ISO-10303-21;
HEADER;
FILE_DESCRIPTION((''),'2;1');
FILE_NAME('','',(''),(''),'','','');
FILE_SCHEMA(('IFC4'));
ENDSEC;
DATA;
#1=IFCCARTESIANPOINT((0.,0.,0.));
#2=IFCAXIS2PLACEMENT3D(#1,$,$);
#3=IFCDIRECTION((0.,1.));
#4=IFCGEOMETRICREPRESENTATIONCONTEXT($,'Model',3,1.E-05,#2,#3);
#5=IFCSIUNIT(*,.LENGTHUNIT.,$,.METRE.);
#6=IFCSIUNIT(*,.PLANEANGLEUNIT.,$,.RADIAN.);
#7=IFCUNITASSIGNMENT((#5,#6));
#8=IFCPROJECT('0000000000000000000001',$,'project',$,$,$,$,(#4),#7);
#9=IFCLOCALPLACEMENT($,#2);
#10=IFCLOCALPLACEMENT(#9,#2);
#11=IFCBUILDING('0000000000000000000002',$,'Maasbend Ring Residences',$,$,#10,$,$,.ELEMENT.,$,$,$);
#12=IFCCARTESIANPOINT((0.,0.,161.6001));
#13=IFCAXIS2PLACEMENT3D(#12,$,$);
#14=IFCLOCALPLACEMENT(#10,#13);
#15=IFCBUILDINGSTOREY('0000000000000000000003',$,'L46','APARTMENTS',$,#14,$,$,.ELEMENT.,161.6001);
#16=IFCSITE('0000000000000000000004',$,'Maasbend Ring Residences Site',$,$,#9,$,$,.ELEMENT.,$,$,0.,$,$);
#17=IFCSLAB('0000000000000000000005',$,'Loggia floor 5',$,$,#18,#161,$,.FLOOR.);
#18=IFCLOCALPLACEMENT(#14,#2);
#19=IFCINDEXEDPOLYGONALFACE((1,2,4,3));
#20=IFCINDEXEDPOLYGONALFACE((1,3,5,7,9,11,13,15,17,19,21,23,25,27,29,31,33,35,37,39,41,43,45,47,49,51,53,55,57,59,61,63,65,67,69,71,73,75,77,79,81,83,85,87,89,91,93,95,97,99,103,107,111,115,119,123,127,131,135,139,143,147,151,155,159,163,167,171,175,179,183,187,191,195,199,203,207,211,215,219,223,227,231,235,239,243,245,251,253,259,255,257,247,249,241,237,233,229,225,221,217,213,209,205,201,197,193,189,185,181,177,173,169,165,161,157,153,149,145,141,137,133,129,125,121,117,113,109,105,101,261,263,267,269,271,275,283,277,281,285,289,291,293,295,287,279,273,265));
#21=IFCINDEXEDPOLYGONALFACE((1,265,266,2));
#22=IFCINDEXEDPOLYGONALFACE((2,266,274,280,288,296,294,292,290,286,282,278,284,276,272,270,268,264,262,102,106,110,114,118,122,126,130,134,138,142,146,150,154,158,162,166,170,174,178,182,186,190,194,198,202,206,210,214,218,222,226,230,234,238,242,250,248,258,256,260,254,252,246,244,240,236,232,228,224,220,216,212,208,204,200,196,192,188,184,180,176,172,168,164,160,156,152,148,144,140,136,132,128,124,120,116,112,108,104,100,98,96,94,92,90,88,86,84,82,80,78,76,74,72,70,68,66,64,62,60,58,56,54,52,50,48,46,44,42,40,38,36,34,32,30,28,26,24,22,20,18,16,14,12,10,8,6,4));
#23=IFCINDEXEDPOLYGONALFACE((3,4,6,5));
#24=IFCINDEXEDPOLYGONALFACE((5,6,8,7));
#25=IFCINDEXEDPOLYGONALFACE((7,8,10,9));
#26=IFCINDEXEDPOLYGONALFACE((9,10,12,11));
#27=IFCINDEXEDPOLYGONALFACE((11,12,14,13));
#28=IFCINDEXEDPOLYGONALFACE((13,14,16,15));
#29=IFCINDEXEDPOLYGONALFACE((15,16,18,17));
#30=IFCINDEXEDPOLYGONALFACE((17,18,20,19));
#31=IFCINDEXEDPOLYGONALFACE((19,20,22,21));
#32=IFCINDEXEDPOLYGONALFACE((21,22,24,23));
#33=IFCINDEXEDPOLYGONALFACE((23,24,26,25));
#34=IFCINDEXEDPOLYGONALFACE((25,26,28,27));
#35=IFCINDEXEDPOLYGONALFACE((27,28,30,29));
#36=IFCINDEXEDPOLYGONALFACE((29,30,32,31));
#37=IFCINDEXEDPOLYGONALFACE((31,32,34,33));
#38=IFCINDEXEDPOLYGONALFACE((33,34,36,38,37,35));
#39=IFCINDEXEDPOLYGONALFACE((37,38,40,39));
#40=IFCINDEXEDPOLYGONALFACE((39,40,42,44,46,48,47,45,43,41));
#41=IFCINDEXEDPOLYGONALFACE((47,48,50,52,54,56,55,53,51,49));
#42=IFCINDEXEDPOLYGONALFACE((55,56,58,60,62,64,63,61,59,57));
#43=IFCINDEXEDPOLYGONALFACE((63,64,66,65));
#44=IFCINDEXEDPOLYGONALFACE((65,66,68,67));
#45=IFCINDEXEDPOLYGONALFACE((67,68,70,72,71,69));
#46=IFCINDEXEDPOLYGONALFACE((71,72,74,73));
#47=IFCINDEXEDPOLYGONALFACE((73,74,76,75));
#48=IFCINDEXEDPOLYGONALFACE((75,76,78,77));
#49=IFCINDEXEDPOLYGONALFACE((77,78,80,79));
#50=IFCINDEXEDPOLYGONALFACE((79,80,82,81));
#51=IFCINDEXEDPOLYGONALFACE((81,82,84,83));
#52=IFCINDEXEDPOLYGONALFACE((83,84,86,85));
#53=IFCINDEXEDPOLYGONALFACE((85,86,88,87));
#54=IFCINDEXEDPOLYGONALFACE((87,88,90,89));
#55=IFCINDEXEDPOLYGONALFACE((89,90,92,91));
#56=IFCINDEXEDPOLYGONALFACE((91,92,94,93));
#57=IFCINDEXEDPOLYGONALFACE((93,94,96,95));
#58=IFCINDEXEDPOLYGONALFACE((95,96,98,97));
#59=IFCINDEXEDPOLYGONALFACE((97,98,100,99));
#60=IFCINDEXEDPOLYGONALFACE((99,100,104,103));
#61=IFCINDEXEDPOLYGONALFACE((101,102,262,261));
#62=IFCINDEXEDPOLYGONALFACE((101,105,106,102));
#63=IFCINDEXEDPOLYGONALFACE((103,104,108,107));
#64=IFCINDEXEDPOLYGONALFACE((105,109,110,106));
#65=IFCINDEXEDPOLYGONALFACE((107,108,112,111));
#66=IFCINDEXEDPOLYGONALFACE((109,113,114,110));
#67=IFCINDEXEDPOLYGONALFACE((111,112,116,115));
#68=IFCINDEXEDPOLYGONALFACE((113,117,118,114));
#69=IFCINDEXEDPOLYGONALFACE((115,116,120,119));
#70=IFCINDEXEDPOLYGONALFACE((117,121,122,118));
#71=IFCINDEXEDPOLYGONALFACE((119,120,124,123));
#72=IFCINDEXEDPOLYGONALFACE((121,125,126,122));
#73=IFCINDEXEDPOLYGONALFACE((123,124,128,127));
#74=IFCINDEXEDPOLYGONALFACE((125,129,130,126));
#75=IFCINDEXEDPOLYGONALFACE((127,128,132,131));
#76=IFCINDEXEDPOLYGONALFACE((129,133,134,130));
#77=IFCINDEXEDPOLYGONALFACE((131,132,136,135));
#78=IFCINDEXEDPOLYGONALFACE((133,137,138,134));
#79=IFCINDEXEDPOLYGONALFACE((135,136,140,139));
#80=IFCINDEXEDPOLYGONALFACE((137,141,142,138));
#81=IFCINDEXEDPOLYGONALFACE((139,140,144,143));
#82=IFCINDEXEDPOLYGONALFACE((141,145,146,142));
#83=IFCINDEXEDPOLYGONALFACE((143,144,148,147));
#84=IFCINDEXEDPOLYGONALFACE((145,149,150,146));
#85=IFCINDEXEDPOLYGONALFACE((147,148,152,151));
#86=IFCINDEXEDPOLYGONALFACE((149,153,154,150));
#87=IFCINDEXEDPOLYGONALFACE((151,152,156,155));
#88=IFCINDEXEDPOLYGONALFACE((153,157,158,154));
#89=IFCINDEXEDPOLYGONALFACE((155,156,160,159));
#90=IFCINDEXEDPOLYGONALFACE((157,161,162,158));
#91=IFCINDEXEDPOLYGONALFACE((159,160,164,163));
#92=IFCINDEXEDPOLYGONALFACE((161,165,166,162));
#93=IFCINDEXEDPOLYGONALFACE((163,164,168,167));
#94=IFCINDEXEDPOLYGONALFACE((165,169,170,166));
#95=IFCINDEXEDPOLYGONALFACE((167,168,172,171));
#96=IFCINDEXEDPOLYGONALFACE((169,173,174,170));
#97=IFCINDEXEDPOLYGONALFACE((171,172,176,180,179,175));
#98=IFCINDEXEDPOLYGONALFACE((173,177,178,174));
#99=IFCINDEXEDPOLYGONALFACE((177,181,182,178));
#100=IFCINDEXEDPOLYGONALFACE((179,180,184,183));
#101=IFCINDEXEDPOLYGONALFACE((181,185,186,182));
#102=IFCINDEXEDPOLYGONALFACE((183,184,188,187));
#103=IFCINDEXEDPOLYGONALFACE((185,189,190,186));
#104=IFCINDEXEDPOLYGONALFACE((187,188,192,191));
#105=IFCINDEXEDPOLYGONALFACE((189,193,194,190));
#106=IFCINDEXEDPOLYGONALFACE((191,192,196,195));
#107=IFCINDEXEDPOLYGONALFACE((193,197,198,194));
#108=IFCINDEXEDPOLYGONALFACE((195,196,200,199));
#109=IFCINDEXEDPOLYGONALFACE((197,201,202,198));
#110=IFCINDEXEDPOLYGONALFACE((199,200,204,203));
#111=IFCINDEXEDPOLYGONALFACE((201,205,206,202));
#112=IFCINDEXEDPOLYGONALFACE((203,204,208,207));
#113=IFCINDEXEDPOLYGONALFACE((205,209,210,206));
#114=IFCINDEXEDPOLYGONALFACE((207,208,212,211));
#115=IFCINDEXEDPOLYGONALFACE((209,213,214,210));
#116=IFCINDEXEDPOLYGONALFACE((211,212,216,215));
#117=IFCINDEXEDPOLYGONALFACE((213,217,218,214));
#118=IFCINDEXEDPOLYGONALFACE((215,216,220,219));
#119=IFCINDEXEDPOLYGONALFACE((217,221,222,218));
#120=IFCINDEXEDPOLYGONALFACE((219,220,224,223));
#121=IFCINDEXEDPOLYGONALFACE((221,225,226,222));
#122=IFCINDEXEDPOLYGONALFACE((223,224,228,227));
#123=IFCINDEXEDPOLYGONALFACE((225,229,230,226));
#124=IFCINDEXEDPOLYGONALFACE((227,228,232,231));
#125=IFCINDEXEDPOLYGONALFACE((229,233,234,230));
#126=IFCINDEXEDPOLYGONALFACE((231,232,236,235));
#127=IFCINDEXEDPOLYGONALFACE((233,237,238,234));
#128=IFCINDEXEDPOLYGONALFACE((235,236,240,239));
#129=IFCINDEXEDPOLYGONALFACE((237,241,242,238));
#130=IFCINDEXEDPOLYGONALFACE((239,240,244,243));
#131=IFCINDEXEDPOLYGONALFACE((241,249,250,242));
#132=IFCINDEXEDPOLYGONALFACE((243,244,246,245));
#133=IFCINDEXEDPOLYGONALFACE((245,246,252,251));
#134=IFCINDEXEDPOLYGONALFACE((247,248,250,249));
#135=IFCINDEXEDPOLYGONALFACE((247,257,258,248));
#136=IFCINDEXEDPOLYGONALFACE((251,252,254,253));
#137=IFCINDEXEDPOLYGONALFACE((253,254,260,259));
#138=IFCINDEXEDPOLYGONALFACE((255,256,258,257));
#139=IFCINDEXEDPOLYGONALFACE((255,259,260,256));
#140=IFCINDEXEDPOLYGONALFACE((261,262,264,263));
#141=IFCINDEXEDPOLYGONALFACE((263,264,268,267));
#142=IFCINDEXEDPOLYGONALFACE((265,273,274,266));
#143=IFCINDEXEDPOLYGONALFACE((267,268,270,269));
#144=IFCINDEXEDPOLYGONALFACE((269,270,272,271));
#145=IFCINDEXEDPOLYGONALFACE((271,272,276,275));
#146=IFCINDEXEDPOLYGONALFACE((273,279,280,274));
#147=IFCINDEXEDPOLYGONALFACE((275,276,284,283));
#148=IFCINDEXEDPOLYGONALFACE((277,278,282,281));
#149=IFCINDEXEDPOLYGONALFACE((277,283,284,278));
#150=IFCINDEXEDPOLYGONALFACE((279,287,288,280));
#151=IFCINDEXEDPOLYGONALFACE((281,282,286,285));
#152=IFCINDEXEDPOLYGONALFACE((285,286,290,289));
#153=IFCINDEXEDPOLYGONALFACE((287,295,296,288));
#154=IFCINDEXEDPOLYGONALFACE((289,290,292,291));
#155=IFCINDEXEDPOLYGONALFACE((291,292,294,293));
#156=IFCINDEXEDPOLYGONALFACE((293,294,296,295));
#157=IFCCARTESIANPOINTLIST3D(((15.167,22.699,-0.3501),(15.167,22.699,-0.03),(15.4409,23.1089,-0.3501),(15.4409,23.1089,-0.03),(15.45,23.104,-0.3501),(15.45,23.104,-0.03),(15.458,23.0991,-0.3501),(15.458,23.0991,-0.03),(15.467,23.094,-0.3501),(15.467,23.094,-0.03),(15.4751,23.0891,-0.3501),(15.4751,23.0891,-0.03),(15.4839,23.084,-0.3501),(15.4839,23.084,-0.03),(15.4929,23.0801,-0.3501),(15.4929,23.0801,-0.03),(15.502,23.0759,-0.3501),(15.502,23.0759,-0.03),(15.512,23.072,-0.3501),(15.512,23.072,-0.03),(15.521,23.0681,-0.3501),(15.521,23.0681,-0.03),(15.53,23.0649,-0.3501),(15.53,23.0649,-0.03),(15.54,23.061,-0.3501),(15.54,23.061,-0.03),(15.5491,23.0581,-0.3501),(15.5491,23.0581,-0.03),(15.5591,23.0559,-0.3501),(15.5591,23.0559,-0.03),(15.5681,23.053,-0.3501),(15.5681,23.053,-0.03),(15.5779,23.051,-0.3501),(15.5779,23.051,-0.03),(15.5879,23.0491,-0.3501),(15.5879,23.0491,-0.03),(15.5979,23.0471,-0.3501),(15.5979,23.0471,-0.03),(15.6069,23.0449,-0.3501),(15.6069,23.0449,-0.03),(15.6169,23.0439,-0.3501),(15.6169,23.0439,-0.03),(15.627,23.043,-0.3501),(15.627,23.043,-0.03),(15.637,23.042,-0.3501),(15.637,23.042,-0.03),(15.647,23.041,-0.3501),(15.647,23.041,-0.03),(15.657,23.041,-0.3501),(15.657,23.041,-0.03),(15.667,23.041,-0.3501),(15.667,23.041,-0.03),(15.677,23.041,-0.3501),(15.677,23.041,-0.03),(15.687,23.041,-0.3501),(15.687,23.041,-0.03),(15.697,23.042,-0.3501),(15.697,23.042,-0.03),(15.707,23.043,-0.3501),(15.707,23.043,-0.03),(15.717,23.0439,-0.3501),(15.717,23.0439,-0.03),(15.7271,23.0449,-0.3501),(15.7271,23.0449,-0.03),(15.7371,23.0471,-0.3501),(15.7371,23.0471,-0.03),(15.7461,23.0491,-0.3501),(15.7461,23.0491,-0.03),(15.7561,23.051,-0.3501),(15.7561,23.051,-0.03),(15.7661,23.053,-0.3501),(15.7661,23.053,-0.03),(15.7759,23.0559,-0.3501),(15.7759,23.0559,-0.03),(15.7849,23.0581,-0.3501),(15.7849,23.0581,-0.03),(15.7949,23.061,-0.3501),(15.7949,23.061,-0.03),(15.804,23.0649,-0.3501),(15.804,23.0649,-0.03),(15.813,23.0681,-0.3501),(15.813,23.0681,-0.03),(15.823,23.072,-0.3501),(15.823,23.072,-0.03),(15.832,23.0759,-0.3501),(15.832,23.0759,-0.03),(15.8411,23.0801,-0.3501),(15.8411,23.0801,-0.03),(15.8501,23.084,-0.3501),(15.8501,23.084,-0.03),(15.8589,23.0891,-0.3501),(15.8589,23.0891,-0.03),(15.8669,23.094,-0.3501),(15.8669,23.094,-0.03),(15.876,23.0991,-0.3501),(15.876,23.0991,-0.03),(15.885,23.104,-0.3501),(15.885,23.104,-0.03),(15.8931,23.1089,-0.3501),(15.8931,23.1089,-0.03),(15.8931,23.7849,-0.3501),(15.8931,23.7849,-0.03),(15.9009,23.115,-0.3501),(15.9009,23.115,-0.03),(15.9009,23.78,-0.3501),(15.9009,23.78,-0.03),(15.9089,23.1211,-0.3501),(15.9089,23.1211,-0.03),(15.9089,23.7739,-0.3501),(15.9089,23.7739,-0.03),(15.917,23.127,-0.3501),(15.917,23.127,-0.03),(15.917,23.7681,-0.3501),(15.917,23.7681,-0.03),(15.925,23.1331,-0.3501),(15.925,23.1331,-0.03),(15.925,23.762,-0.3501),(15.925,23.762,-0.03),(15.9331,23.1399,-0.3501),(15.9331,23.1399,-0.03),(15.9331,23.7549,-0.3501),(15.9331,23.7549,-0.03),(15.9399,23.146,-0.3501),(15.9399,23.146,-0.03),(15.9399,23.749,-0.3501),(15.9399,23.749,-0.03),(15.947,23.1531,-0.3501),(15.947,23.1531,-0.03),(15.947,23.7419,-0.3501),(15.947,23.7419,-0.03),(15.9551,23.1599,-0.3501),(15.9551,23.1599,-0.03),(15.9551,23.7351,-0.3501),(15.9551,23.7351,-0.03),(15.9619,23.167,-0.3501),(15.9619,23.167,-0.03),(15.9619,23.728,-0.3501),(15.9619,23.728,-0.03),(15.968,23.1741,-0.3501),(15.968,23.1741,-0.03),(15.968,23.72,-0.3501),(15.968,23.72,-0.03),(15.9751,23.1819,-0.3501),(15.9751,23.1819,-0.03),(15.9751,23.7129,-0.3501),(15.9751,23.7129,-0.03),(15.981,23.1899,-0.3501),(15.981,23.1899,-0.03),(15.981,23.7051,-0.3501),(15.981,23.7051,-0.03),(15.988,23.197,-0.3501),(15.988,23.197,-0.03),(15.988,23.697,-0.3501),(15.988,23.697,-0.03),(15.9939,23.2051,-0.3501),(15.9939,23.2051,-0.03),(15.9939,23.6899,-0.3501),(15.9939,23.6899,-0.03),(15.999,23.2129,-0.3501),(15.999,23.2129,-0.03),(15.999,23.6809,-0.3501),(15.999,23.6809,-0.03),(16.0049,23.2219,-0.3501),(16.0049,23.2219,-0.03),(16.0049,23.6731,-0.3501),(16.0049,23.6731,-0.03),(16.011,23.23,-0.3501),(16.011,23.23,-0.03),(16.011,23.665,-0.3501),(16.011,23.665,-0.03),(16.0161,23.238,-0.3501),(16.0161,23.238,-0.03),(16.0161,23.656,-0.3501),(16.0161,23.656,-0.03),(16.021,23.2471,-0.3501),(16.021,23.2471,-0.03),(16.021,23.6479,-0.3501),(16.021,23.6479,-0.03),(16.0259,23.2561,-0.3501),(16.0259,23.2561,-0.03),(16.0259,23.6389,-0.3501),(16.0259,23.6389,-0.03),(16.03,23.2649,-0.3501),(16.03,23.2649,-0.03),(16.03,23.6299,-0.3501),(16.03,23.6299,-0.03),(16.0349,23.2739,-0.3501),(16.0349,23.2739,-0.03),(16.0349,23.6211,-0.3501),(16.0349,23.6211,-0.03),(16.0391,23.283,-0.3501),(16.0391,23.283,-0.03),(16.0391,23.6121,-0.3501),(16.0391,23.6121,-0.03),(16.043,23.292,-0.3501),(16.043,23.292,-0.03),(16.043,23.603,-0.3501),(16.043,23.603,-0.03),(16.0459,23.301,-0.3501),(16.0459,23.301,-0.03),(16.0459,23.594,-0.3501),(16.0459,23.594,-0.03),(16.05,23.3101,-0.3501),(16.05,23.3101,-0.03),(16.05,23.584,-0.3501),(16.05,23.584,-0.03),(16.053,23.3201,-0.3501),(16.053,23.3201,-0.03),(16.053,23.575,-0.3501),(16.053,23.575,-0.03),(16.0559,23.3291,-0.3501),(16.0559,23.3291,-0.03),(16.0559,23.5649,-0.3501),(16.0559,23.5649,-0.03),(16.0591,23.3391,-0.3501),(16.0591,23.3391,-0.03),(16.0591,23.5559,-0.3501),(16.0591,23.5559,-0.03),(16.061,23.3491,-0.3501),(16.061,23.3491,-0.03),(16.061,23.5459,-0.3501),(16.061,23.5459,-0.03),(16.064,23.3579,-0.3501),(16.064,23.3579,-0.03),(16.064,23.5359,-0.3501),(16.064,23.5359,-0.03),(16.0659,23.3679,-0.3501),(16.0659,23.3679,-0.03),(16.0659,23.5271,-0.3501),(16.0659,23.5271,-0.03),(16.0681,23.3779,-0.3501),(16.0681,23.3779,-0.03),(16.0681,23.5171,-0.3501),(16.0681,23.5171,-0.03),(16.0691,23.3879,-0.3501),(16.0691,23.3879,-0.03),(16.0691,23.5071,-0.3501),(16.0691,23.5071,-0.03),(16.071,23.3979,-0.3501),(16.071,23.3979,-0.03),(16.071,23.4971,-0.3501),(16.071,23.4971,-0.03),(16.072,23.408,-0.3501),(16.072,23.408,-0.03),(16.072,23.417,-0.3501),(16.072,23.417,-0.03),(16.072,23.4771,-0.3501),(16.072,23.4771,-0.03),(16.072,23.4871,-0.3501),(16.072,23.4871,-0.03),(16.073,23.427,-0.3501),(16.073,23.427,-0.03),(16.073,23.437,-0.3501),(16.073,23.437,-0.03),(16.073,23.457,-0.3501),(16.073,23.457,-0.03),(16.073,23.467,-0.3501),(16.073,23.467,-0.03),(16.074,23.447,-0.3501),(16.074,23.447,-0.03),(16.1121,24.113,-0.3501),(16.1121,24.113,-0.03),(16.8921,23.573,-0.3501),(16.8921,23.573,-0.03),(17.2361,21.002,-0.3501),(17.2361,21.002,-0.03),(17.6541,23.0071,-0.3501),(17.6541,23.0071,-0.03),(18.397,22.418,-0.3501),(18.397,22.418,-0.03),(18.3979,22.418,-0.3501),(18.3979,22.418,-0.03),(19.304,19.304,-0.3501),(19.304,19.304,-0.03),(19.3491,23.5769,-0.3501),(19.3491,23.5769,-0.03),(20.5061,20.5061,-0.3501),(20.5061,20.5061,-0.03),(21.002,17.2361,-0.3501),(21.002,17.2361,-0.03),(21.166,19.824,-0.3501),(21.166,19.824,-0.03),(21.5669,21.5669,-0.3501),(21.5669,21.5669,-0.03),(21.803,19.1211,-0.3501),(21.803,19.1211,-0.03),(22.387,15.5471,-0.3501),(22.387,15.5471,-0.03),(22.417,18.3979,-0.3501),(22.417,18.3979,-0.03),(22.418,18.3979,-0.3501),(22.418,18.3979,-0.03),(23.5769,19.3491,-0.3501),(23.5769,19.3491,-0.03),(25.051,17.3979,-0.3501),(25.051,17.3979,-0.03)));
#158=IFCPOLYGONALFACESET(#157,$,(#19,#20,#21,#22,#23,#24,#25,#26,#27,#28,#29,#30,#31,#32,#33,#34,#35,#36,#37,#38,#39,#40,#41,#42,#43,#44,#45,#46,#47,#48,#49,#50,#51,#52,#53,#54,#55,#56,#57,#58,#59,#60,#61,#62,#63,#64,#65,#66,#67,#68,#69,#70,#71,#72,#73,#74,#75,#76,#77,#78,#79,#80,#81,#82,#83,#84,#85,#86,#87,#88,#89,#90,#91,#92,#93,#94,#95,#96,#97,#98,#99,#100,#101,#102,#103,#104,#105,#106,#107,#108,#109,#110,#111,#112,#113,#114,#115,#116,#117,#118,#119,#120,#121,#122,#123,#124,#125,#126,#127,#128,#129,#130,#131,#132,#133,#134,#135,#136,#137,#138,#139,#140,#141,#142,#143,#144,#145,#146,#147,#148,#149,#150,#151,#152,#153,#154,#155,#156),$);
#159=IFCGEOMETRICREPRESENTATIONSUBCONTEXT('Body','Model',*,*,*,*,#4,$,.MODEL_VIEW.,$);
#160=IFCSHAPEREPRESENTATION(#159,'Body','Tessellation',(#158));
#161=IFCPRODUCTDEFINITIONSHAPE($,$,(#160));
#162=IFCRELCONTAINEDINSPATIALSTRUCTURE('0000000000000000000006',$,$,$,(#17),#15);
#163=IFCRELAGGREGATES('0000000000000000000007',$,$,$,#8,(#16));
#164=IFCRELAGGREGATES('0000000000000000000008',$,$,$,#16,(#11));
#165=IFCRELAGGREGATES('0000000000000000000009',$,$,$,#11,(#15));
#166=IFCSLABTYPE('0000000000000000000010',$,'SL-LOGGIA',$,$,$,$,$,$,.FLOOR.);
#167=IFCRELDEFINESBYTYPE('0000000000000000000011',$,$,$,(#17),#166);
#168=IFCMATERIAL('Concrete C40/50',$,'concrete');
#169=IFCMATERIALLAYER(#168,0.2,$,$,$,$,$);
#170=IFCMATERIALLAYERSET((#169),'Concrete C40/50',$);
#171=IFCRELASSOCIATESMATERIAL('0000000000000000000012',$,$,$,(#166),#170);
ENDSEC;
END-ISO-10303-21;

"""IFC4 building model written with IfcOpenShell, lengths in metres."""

from ifc_helpers import new_model, si_unit, direction, frame, origin, place, context, subcontext, project, spatial, polyline, outline, extrude, material, layer, layer_set, type_object, element, save


model = new_model("IFC4")

# Units and contexts
model_context = context("Model", 3, precision=1e-05, world=origin(), true_north=direction((0.0, 1.0)))
body_context = subcontext(model_context, "Body", "Model", "MODEL_VIEW")
ifc_project = project(units=[si_unit("LENGTHUNIT", "METRE"), si_unit("PLANEANGLEUNIT", "RADIAN")], contexts=[model_context])

# Site, building, storey
site_placement = place(None, origin())
site = spatial("IfcSite", under=ifc_project, at=site_placement, Name="Maasbend Ring Residences Site", CompositionType="ELEMENT", RefElevation=0.0)
building_placement = place(site_placement, origin())
building = spatial("IfcBuilding", under=site, at=building_placement, Name="Maasbend Ring Residences", CompositionType="ELEMENT")
storey_placement = place(building_placement, frame((0.0, 0.0, 161.6001)))
storey = spatial("IfcBuildingStorey", under=building, at=storey_placement, Name="L46", Description="APARTMENTS", CompositionType="ELEMENT", Elevation=161.6001)

# Slab
ifc_material_1 = material(Name="Concrete C40/50", Category="concrete")
ifc_layer_1 = layer(ifc_material_1, 0.2)
ifc_layer_set_1 = layer_set([ifc_layer_1], Name="Concrete C40/50")
slab_type_1 = type_object("IfcSlabType", Name="SL-LOGGIA", PredefinedType="FLOOR", material=ifc_layer_set_1)
slab_1_placement = place(storey_placement, frame((0.0, 0.0, -0.3501)))
element("IfcSlab", 1, at=slab_1_placement, inside=storey, type_object=slab_type_1, Name="Loggia floor 5", PredefinedType="FLOOR", context=body_context, shape_type="SweptSolid", body=[
    extrude(outline(polyline([(15.458, 23.0991), (15.467, 23.094), (15.4751, 23.0891), (15.4839, 23.084), (15.4929, 23.0801), (15.502, 23.0759), (15.512, 23.072), (15.521, 23.0681), (15.53, 23.0649), (15.54, 23.061), (15.5491, 23.0581), (15.5591, 23.0559), (15.5681, 23.053), (15.5779, 23.051), (15.5879, 23.0491), (15.5979, 23.0471), (15.6069, 23.0449), (15.6169, 23.0439), (15.627, 23.043), (15.637, 23.042), (15.647, 23.041), (15.657, 23.041), (15.667, 23.041), (15.677, 23.041), (15.687, 23.041), (15.697, 23.042), (15.707, 23.043), (15.717, 23.0439), (15.7271, 23.0449), (15.7371, 23.0471), (15.7461, 23.0491), (15.7561, 23.051), (15.7661, 23.053), (15.7759, 23.0559), (15.7849, 23.0581), (15.7949, 23.061), (15.804, 23.0649), (15.813, 23.0681), (15.823, 23.072), (15.832, 23.0759), (15.8411, 23.0801), (15.8501, 23.084), (15.8589, 23.0891), (15.8669, 23.094), (15.876, 23.0991), (15.885, 23.104), (15.8931, 23.1089), (15.9009, 23.115), (15.9089, 23.1211), (15.917, 23.127), (15.925, 23.1331), (15.9331, 23.1399), (15.9399, 23.146), (15.947, 23.1531), (15.9551, 23.1599), (15.9619, 23.167), (15.968, 23.1741), (15.9751, 23.1819), (15.981, 23.1899), (15.988, 23.197), (15.9939, 23.2051), (15.999, 23.2129), (16.0049, 23.2219), (16.011, 23.23), (16.0161, 23.238), (16.021, 23.2471), (16.0259, 23.2561), (16.03, 23.2649), (16.0349, 23.2739), (16.0391, 23.283), (16.043, 23.292), (16.0459, 23.301), (16.05, 23.3101), (16.053, 23.3201), (16.0559, 23.3291), (16.0591, 23.3391), (16.061, 23.3491), (16.064, 23.3579), (16.0659, 23.3679), (16.0681, 23.3779), (16.0691, 23.3879), (16.071, 23.3979), (16.072, 23.408), (16.072, 23.417), (16.073, 23.427), (16.073, 23.437), (16.074, 23.447), (16.073, 23.457), (16.073, 23.467), (16.072, 23.4771), (16.072, 23.4871), (16.071, 23.4971), (16.0691, 23.5071), (16.0681, 23.5171), (16.0659, 23.5271), (16.064, 23.5359), (16.061, 23.5459), (16.0591, 23.5559), (16.0559, 23.5649), (16.053, 23.575), (16.05, 23.584), (16.0459, 23.594), (16.043, 23.603), (16.0391, 23.6121), (16.0349, 23.6211), (16.03, 23.6299), (16.0259, 23.6389), (16.021, 23.6479), (16.0161, 23.656), (16.011, 23.665), (16.0049, 23.6731), (15.999, 23.6809), (15.9939, 23.6899), (15.988, 23.697), (15.981, 23.7051), (15.9751, 23.7129), (15.968, 23.72), (15.9619, 23.728), (15.9551, 23.7351), (15.947, 23.7419), (15.9399, 23.749), (15.9331, 23.7549), (15.925, 23.762), (15.917, 23.7681), (15.9089, 23.7739), (15.9009, 23.78), (15.8931, 23.7849), (15.8931, 23.7849), (16.1121, 24.113), (16.1121, 24.113), (16.1121, 24.113), (16.8921, 23.573), (16.8921, 23.573), (17.6541, 23.0071), (17.6541, 23.0071), (18.397, 22.418), (18.397, 22.418), (18.397, 22.418), (18.397, 22.418), (18.397, 22.418), (18.397, 22.418), (18.397, 22.418), (18.397, 22.418), (18.397, 22.418), (18.397, 22.418), (18.397, 22.418), (18.3979, 22.418), (18.3979, 22.418), (18.3979, 22.418), (18.3979, 22.418), (18.3979, 22.418), (18.3979, 22.418), (19.3491, 23.5769), (19.3491, 23.5769), (19.3491, 23.5769), (21.5669, 21.5669), (21.5669, 21.5669), (21.5669, 21.5669), (20.5061, 20.5061), (20.5061, 20.5061), (20.5061, 20.5061), (20.5061, 20.5061), (20.5061, 20.5061), (20.5061, 20.5061), (20.5061, 20.5061), (20.5061, 20.5061), (20.5061, 20.5061), (20.5061, 20.5061), (20.5061, 20.5061), (20.5061, 20.5061), (20.5061, 20.5061), (20.5061, 20.5061), (20.5061, 20.5061), (20.5061, 20.5061), (20.5061, 20.5061), (21.166, 19.824), (21.166, 19.824), (21.803, 19.1211), (21.803, 19.1211), (22.417, 18.3979), (22.417, 18.3979), (22.417, 18.3979), (22.417, 18.3979), (22.417, 18.3979), (22.417, 18.3979), (22.417, 18.3979), (22.417, 18.3979), (22.417, 18.3979), (22.417, 18.3979), (22.417, 18.3979), (22.417, 18.3979), (22.418, 18.3979), (22.418, 18.3979), (22.418, 18.3979), (22.418, 18.3979), (22.418, 18.3979), (23.5769, 19.3491), (23.5769, 19.3491), (23.5769, 19.3491), (25.051, 17.3979), (25.051, 17.3979), (25.051, 17.3979), (22.387, 15.5471), (22.387, 15.5471), (22.387, 15.5471), (21.002, 17.2361), (19.304, 19.304), (19.304, 19.304), (19.304, 19.304), (17.2361, 21.002), (15.167, 22.699), (15.167, 22.699), (15.167, 22.699), (15.4409, 23.1089), (15.4409, 23.1089), (15.45, 23.104), (15.458, 23.0991)])), origin(), (0.0, 0.0, 1.0), 0.3201),
])

save(model, "model.ifc")
